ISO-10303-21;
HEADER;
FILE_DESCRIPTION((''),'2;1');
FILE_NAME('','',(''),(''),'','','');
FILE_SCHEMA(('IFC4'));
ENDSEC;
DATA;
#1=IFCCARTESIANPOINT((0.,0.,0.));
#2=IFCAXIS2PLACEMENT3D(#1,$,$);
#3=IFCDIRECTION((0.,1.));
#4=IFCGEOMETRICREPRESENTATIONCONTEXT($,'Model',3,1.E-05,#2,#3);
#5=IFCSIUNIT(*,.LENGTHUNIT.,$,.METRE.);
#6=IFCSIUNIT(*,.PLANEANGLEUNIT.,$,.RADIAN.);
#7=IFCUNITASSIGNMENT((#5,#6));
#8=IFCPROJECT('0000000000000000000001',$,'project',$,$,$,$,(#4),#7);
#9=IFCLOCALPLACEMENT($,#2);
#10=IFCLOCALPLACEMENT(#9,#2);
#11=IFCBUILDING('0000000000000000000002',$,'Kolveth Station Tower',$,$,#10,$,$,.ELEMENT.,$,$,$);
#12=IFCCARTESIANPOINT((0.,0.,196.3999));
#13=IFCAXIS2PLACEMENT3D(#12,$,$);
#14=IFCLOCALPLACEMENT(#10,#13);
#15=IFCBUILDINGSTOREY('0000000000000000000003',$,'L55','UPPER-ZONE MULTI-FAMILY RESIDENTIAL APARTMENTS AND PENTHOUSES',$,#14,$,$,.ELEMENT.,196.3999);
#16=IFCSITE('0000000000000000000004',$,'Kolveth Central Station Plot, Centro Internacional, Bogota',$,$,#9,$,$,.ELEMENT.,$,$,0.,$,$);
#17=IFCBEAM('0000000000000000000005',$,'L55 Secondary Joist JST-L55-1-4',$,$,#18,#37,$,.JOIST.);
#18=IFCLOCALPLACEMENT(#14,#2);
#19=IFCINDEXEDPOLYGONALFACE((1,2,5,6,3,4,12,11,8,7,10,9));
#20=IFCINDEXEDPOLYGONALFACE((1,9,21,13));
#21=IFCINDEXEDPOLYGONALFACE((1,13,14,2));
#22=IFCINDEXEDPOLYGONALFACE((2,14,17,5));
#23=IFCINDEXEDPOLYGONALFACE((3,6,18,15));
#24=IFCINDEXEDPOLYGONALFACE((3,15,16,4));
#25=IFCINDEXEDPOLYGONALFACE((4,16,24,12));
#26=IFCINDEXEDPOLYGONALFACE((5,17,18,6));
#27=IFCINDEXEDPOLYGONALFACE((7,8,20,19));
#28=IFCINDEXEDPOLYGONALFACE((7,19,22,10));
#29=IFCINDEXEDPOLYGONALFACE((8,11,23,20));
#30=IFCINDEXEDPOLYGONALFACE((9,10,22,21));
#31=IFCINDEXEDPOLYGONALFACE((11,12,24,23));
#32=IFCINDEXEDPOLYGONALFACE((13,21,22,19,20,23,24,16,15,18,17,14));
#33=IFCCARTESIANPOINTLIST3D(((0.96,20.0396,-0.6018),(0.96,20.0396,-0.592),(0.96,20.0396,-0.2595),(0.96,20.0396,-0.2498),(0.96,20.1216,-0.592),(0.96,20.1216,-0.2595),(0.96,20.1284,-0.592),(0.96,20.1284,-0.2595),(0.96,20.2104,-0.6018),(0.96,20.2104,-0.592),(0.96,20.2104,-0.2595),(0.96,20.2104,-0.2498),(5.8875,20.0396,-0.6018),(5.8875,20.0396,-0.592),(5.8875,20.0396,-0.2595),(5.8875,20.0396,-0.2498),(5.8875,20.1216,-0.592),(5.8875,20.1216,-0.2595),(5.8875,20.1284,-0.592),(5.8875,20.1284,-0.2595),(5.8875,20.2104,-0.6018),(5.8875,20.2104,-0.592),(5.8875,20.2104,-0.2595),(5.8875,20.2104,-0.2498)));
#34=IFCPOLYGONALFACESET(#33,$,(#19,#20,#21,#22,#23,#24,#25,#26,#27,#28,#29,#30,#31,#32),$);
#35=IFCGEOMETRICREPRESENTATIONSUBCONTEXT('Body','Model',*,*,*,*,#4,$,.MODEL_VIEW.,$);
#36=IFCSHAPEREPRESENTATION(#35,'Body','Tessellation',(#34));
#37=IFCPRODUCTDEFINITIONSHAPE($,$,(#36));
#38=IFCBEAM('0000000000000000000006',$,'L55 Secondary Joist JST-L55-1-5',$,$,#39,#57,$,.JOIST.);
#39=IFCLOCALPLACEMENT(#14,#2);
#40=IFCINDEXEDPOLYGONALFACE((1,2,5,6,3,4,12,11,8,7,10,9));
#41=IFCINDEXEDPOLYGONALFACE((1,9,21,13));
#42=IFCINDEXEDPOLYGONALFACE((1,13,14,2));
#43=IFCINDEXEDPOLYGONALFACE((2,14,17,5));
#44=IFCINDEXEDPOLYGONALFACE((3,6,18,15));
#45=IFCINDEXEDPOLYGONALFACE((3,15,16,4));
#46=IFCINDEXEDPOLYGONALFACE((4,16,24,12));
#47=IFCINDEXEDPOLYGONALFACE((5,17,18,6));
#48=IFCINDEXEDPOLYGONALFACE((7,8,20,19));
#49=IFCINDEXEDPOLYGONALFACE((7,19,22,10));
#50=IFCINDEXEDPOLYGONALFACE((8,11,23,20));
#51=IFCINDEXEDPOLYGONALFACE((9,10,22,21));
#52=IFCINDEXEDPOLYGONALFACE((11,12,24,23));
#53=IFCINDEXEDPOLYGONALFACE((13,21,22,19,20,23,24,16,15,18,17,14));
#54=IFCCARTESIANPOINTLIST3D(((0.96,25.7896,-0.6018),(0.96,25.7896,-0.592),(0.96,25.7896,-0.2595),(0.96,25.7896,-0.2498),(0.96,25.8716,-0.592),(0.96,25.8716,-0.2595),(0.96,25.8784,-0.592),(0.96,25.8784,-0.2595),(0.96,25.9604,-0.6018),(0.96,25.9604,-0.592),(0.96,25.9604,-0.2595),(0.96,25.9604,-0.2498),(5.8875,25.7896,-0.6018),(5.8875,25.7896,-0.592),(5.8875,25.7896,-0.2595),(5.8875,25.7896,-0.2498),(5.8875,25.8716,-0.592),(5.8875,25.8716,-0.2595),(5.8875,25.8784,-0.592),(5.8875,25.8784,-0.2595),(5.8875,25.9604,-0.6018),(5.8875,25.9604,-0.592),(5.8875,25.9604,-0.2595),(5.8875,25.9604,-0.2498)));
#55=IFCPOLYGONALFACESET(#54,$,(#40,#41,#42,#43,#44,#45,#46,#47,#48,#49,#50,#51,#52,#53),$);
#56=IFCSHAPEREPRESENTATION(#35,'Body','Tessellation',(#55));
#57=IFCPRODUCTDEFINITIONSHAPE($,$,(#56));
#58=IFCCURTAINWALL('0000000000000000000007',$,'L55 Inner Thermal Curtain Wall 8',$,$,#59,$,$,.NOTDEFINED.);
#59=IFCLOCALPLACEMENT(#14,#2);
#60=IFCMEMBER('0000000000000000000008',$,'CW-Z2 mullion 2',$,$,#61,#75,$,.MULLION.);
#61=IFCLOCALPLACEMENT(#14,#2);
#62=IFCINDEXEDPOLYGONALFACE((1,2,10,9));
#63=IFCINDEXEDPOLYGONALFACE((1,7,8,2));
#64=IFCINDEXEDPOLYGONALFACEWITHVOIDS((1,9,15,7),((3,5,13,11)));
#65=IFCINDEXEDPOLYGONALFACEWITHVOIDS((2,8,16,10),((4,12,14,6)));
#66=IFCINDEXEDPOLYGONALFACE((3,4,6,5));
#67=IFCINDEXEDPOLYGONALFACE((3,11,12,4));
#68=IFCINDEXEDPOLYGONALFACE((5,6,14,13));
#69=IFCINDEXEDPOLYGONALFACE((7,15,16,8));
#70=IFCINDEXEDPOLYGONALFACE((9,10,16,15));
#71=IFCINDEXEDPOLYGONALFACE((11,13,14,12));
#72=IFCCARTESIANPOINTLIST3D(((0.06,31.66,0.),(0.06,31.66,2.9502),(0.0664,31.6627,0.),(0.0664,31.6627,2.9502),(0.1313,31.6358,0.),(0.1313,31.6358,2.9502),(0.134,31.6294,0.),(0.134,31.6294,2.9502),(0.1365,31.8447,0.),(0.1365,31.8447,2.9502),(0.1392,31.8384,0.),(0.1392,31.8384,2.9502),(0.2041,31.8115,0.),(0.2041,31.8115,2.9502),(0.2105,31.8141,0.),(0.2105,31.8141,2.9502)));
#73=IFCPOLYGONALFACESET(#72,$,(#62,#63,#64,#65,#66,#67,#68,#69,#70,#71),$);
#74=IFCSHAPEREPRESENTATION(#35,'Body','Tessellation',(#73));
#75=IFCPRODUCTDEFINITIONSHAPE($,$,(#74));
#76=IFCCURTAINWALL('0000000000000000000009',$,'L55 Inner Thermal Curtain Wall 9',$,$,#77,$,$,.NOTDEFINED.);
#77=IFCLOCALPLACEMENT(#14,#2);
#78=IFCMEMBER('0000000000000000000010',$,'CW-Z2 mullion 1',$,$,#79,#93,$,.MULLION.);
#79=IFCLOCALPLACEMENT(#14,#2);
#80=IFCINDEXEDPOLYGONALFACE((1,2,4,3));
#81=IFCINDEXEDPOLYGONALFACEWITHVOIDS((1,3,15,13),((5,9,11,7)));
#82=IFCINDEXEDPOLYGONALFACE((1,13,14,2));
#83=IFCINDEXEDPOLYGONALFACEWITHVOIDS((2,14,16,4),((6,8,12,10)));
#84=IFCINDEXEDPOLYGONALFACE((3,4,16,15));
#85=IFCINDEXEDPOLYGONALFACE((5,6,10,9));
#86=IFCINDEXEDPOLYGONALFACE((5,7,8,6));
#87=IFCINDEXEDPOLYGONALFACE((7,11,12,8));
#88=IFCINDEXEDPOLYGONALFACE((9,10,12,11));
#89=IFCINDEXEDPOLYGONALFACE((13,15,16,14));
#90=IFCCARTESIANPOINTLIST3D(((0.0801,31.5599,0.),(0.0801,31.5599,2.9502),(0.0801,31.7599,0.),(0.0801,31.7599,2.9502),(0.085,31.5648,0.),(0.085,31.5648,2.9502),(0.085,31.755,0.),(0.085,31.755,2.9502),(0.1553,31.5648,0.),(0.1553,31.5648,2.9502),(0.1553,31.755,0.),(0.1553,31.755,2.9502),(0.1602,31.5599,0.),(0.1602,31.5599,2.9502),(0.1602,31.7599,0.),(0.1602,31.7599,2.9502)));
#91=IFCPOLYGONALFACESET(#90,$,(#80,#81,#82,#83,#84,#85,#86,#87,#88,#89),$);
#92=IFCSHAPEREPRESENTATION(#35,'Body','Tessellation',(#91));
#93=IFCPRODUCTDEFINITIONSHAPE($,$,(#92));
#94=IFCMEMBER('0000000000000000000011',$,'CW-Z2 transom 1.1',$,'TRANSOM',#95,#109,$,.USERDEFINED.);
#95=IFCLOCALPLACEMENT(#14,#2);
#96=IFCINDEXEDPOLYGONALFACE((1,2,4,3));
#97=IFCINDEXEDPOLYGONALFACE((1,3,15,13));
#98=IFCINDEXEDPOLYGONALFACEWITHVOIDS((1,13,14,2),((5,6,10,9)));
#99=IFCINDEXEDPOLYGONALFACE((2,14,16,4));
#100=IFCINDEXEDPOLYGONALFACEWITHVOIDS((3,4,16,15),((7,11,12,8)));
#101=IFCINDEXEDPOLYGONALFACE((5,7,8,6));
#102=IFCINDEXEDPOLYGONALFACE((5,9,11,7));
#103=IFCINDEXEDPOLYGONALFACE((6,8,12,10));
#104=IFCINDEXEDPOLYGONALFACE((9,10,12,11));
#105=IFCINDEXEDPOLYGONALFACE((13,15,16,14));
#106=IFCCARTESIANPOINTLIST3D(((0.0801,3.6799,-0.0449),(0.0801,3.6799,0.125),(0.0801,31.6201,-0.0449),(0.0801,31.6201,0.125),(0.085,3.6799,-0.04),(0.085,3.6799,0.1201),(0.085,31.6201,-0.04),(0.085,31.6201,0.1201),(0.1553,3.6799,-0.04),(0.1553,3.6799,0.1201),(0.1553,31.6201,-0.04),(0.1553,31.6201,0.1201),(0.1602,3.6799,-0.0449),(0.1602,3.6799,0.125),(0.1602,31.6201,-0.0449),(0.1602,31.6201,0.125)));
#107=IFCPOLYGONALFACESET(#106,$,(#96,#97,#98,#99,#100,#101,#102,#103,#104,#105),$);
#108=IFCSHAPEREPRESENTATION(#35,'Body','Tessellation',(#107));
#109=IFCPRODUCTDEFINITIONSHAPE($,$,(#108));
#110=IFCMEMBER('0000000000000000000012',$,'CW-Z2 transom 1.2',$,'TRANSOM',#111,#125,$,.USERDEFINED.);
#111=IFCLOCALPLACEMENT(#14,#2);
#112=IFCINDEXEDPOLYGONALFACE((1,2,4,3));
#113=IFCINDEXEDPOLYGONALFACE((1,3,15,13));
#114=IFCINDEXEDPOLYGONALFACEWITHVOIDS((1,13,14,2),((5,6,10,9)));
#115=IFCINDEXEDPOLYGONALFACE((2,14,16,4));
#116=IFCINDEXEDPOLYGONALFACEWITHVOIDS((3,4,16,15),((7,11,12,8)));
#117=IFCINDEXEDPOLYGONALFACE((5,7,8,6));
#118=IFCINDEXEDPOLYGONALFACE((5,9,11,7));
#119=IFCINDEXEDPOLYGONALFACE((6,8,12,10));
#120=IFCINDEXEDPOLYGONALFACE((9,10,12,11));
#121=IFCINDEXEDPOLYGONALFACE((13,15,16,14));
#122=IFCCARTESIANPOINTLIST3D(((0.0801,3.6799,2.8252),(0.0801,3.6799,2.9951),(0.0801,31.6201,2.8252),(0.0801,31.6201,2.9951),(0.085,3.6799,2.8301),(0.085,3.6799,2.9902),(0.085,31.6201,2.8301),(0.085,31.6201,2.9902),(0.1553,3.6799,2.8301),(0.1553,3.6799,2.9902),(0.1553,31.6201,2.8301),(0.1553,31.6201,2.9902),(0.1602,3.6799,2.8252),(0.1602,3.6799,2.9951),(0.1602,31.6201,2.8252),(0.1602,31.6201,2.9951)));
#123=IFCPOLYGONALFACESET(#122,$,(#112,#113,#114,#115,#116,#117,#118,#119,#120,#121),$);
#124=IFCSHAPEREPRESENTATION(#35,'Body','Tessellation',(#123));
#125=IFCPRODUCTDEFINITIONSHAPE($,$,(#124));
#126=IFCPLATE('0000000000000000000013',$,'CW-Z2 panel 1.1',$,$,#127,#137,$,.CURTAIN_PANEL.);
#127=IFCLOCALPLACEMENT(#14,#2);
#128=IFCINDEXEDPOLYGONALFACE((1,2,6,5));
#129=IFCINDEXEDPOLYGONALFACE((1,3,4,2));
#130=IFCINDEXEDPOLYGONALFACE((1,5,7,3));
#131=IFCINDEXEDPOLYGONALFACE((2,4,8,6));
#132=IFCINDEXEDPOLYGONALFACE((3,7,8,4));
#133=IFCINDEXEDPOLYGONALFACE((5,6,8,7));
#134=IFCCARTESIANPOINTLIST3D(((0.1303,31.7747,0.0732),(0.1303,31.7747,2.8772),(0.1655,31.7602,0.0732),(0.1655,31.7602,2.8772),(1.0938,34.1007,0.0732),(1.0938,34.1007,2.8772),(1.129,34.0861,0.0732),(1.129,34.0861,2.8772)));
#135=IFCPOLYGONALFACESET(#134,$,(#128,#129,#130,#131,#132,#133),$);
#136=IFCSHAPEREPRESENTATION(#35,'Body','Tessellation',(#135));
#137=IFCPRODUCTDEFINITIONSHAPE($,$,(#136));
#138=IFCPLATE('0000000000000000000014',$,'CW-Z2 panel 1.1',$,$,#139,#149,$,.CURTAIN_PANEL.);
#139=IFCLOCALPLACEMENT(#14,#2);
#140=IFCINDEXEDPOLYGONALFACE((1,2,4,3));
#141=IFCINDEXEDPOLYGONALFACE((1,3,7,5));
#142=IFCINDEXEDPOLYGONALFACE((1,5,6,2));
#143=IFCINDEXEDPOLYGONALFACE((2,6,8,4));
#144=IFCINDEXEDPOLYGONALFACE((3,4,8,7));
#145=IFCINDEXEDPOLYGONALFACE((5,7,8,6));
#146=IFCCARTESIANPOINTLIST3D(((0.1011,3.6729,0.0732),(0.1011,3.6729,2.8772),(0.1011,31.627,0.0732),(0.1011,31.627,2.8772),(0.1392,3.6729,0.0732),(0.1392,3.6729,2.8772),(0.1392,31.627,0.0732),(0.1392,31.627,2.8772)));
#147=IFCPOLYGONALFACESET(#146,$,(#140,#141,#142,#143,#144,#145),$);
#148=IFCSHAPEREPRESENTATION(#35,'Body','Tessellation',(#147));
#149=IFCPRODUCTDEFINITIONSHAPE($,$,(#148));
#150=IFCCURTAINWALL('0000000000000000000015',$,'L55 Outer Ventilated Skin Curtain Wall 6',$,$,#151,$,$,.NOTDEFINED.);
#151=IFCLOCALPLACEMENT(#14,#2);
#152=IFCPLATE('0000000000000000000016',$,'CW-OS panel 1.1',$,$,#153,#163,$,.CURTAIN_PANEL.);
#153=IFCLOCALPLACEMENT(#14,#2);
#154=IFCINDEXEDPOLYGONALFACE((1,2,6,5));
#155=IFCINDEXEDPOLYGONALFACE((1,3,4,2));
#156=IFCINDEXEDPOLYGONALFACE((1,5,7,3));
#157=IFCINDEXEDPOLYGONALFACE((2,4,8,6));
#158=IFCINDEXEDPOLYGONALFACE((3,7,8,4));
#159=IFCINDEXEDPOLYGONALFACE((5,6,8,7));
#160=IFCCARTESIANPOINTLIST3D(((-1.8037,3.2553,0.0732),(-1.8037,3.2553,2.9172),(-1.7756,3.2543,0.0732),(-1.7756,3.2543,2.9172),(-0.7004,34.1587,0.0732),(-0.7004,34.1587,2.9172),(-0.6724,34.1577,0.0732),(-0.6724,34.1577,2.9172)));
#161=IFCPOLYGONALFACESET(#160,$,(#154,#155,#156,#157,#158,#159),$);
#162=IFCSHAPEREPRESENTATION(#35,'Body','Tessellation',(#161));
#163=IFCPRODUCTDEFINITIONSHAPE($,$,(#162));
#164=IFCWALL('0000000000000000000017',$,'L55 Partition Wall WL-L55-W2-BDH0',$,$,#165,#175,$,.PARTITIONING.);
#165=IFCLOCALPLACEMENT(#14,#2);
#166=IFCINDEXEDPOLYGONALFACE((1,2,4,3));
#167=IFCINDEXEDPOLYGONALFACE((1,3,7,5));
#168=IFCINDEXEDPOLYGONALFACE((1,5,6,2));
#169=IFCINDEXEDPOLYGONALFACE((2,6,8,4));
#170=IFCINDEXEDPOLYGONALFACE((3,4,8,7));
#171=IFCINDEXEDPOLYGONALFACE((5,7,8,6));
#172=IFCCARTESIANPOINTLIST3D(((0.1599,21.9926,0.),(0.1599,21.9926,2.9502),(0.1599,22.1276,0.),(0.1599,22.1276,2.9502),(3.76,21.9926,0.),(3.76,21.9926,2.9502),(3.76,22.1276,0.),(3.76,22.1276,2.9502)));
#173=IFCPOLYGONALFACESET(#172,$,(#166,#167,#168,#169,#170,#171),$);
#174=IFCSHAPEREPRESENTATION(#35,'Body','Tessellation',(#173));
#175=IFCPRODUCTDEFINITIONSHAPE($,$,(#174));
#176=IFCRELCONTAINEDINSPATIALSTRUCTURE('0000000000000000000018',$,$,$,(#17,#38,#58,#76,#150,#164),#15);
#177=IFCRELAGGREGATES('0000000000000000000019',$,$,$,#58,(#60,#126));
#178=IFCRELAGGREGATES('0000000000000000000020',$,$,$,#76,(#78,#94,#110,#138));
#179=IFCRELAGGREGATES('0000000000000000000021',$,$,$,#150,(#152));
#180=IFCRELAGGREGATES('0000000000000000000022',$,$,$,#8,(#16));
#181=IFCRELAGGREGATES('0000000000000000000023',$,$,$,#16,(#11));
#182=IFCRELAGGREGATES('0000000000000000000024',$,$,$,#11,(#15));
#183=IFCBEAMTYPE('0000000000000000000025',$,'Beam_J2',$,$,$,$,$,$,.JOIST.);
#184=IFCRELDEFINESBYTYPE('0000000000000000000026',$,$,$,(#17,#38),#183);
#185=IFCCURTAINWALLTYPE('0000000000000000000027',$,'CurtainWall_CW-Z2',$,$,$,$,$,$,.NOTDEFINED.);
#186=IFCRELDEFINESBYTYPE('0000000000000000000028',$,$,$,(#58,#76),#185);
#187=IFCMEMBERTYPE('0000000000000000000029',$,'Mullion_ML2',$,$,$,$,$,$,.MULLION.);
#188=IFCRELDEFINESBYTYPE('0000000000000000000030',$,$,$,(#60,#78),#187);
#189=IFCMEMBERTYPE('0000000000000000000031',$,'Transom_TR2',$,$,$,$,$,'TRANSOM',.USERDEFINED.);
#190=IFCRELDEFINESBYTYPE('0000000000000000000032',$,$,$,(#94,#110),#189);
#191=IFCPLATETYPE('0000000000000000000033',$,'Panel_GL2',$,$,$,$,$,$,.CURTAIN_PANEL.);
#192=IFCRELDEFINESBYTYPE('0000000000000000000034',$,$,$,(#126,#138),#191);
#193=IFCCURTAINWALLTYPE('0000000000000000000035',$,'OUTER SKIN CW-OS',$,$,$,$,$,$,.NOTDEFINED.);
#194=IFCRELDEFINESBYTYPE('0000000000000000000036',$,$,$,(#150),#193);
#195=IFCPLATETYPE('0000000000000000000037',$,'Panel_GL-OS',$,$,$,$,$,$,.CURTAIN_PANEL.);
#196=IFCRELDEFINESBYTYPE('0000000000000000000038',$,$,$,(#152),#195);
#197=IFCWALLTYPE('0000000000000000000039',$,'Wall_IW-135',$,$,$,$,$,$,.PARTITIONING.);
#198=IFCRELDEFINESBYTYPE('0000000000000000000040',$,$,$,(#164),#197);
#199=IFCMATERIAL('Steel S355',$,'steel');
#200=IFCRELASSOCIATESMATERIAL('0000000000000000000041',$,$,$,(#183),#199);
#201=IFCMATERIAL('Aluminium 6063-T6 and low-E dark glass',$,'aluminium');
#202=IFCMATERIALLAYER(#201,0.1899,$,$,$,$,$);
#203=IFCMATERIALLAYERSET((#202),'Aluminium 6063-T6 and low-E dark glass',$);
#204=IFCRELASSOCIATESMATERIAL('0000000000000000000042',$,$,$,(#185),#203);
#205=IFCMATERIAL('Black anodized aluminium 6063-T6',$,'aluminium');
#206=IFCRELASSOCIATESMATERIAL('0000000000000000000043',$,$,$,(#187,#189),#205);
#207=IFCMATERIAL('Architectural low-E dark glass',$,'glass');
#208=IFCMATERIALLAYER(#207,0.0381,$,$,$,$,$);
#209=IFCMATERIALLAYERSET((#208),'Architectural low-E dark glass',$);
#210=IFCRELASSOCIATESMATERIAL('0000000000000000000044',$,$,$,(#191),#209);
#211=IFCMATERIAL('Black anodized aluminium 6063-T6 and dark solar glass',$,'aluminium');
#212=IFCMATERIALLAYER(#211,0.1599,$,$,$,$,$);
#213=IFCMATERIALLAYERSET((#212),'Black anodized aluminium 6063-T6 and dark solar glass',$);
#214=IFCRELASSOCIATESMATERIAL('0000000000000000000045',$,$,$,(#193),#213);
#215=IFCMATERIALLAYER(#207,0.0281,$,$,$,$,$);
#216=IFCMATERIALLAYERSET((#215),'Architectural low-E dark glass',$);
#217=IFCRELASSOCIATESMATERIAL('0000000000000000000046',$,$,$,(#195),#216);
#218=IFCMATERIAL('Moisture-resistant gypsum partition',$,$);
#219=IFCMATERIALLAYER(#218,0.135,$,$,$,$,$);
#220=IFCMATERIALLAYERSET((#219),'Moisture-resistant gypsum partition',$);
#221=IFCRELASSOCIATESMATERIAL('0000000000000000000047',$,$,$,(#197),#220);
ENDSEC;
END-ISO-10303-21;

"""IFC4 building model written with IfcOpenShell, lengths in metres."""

from ifc_helpers import new_model, si_unit, direction, frame, frame_2d, origin, origin_2d, place, context, subcontext, project, spatial, rectangle, hollow_rectangle, i_section, extrude, source, transform, mapped, material, layer, layer_set, material_profile, profile_set, type_object, element, aggregate, save


model = new_model("IFC4")

# Units and contexts
model_context = context("Model", 3, precision=1e-05, world=origin(), true_north=direction((0.0, 1.0)))
body_context = subcontext(model_context, "Body", "Model", "MODEL_VIEW")
ifc_project = project(units=[si_unit("LENGTHUNIT", "METRE"), si_unit("PLANEANGLEUNIT", "RADIAN")], contexts=[model_context])

# Site, building, storey
site_placement = place(None, origin())
site = spatial("IfcSite", under=ifc_project, at=site_placement, Name="Kolveth Central Station Plot, Centro Internacional, Bogota", CompositionType="ELEMENT", RefElevation=0.0)
building_placement = place(site_placement, origin())
building = spatial("IfcBuilding", under=site, at=building_placement, Name="Kolveth Station Tower", CompositionType="ELEMENT")
storey_placement = place(building_placement, frame((0.0, 0.0, 196.3999)))
storey = spatial("IfcBuildingStorey", under=building, at=storey_placement, Name="L55", Description="UPPER-ZONE MULTI-FAMILY RESIDENTIAL APARTMENTS AND PENTHOUSES", CompositionType="ELEMENT", Elevation=196.3999)

# Shared definitions
ifc_material_1 = material(Name="Steel S355", Category="steel")

# Beams
ifc_material_profile_1 = material_profile(ifc_material_1, i_section(OverallWidth=0.1709, OverallDepth=0.3521, WebThickness=0.0068, FlangeThickness=0.0098, at=origin_2d()), Name="W360x44")
ifc_profile_set_1 = profile_set([ifc_material_profile_1], Name="Steel S355")
beam_type_1 = type_object("IfcBeamType", Name="Beam_J2", PredefinedType="JOIST", material=ifc_profile_set_1)
shared_shape_1 = source(origin(), body_context, "Body", "SweptSolid", [
    extrude(i_section(OverallWidth=0.1709, OverallDepth=0.3521, WebThickness=0.0068, FlangeThickness=0.0098, at=origin_2d()), origin(), (0.0, 0.0, 1.0), 4.9275),
])
for number, where, z_axis, x_axis, name in (
    (1, (0.96, 20.125, -0.4258), (1.0, 0.0, 0.0), (0.0, 1.0, 0.0), "L55 Secondary Joist JST-L55-1-4"),
    (2, (0.96, 25.875, -0.4258), (1.0, 0.0, 0.0), (0.0, 1.0, 0.0), "L55 Secondary Joist JST-L55-1-5"),
):
    element("IfcBeam", number, at=place(storey_placement, frame(where, z_axis=z_axis, x_axis=x_axis)), inside=storey, type_object=beam_type_1, Name=name, PredefinedType="JOIST", context=body_context, shape_type="MappedRepresentation", body=[
        mapped(shared_shape_1, transform((0.0, 0.0, 0.0), x_axis=(1.0, 0.0, 0.0), y_axis=(0.0, 1.0, 0.0), z_axis=(0.0, 0.0, 1.0), scale=1.0)),
    ])

# Curtain wall, member
ifc_material_2 = material(Name="Aluminium 6063-T6 and low-E dark glass", Category="aluminium")
ifc_layer_1 = layer(ifc_material_2, 0.1899)
ifc_layer_set_1 = layer_set([ifc_layer_1], Name="Aluminium 6063-T6 and low-E dark glass")
curtain_wall_type_1 = type_object("IfcCurtainWallType", Name="CurtainWall_CW-Z2", PredefinedType="NOTDEFINED", material=ifc_layer_set_1)
curtain_wall_1_placement = place(storey_placement, origin())
curtain_wall_1 = element("IfcCurtainWall", 3, at=curtain_wall_1_placement, inside=storey, type_object=curtain_wall_type_1, Name="L55 Inner Thermal Curtain Wall 8", PredefinedType="NOTDEFINED")
ifc_material_3 = material(Name="Black anodized aluminium 6063-T6", Category="aluminium")
ifc_material_profile_2 = material_profile(ifc_material_3, hollow_rectangle(XDim=0.0801, YDim=0.2, WallThickness=0.0049, at=origin_2d()), Name="ALU-80x200x5")
ifc_profile_set_2 = profile_set([ifc_material_profile_2], Name="Black anodized aluminium 6063-T6")
member_type_1 = type_object("IfcMemberType", Name="Mullion_ML2", PredefinedType="MULLION", material=ifc_profile_set_2)
shared_shape_2 = source(origin(), body_context, "Body", "SweptSolid", [
    extrude(hollow_rectangle(XDim=0.0801, YDim=0.2, WallThickness=0.0049, at=origin_2d()), origin(), (0.0, 0.0, 1.0), 2.9502),
])
member_1_placement = place(storey_placement, frame((0.1353, 31.7371, 0.0), z_axis=(0.0, 0.0, 1.0), x_axis=(0.923874, -0.382698, 0.0)))
member_1 = element("IfcMember", 4, at=member_1_placement, type_object=member_type_1, Name="CW-Z2 mullion 2", PredefinedType="MULLION", context=body_context, shape_type="MappedRepresentation", body=[
    mapped(shared_shape_2, transform((0.0, 0.0, 0.0), x_axis=(1.0, 0.0, 0.0), y_axis=(0.0, 1.0, 0.0), z_axis=(0.0, 0.0, 1.0), scale=1.0)),
])

# Curtain wall, members
curtain_wall_2_placement = place(storey_placement, origin())
curtain_wall_2 = element("IfcCurtainWall", 5, at=curtain_wall_2_placement, inside=storey, type_object=curtain_wall_type_1, Name="L55 Inner Thermal Curtain Wall 9", PredefinedType="NOTDEFINED")
member_2_placement = place(storey_placement, frame((0.1201, 31.6599, 0.0), z_axis=(0.0, 0.0, 1.0), x_axis=(1.0, 0.0, 0.0)))
member_2 = element("IfcMember", 6, at=member_2_placement, type_object=member_type_1, Name="CW-Z2 mullion 1", PredefinedType="MULLION", context=body_context, shape_type="MappedRepresentation", body=[
    mapped(shared_shape_2, transform((0.0, 0.0, 0.0), x_axis=(1.0, 0.0, 0.0), y_axis=(0.0, 1.0, 0.0), z_axis=(0.0, 0.0, 1.0), scale=1.0)),
])
ifc_material_profile_3 = material_profile(ifc_material_3, hollow_rectangle(XDim=0.0801, YDim=0.1699, WallThickness=0.0049, at=origin_2d()), Name="ALU-80x170x5")
ifc_profile_set_3 = profile_set([ifc_material_profile_3], Name="Black anodized aluminium 6063-T6")
member_type_2 = type_object("IfcMemberType", Name="Transom_TR2", ElementType="TRANSOM", PredefinedType="USERDEFINED", material=ifc_profile_set_3)
shared_shape_3 = source(origin(), body_context, "Body", "SweptSolid", [
    extrude(hollow_rectangle(XDim=0.0801, YDim=0.1699, WallThickness=0.0049, at=origin_2d()), origin(), (0.0, 0.0, 1.0), 27.9402),
])
member_3_placement = place(storey_placement, frame((0.1201, 31.6201, 0.04), z_axis=(0.0, -1.0, 0.0), x_axis=(1.0, 0.0, 0.0)))
member_3 = element("IfcMember", 7, at=member_3_placement, type_object=member_type_2, Name="CW-Z2 transom 1.1", ObjectType="TRANSOM", PredefinedType="USERDEFINED", context=body_context, shape_type="MappedRepresentation", body=[
    mapped(shared_shape_3, transform((0.0, 0.0, 0.0), x_axis=(1.0, 0.0, 0.0), y_axis=(0.0, 1.0, 0.0), z_axis=(0.0, 0.0, 1.0), scale=1.0)),
])
member_4_placement = place(storey_placement, frame((0.1201, 31.6201, 2.9102), z_axis=(0.0, -1.0, 0.0), x_axis=(1.0, 0.0, 0.0)))
member_4 = element("IfcMember", 8, at=member_4_placement, type_object=member_type_2, Name="CW-Z2 transom 1.2", ObjectType="TRANSOM", PredefinedType="USERDEFINED", context=body_context, shape_type="MappedRepresentation", body=[
    mapped(shared_shape_3, transform((0.0, 0.0, 0.0), x_axis=(1.0, 0.0, 0.0), y_axis=(0.0, 1.0, 0.0), z_axis=(0.0, 0.0, 1.0), scale=1.0)),
])

# Plates
ifc_material_4 = material(Name="Architectural low-E dark glass", Category="glass")
ifc_layer_2 = layer(ifc_material_4, 0.0381)
ifc_layer_set_2 = layer_set([ifc_layer_2], Name="Architectural low-E dark glass")
plate_type_1 = type_object("IfcPlateType", Name="Panel_GL2", PredefinedType="CURTAIN_PANEL", material=ifc_layer_set_2)
shared_shape_4 = source(origin(), body_context, "Body", "SweptSolid", [
    extrude(rectangle(XDim=2.5176, YDim=0.0381, at=origin_2d()), origin(), (0.0, 0.0, 1.0), 2.804),
])
plate_1_placement = place(storey_placement, frame((0.6296, 32.9304, 0.0732), z_axis=(0.0, 0.0, 1.0), x_axis=(-0.382698, -0.923874, 0.0)))
plate_1 = element("IfcPlate", 9, at=plate_1_placement, type_object=plate_type_1, Name="CW-Z2 panel 1.1", PredefinedType="CURTAIN_PANEL", context=body_context, shape_type="MappedRepresentation", body=[
    mapped(shared_shape_4, transform((0.0, 0.0, 0.0), x_axis=(1.0, 0.0, 0.0), y_axis=(0.0, 1.0, 0.0), z_axis=(0.0, 0.0, 1.0), scale=1.0)),
])
aggregate(curtain_wall_1, [member_1, plate_1])
shared_shape_5 = source(origin(), body_context, "Body", "SweptSolid", [
    extrude(rectangle(XDim=27.9541, YDim=0.0381, at=origin_2d()), origin(), (0.0, 0.0, 1.0), 2.804),
])
plate_2_placement = place(storey_placement, frame((0.1201, 17.6499, 0.0732), z_axis=(0.0, 0.0, 1.0), x_axis=(0.0, -1.0, 0.0)))
plate_2 = element("IfcPlate", 10, at=plate_2_placement, type_object=plate_type_1, Name="CW-Z2 panel 1.1", PredefinedType="CURTAIN_PANEL", context=body_context, shape_type="MappedRepresentation", body=[
    mapped(shared_shape_5, transform((0.0, 0.0, 0.0), x_axis=(1.0, 0.0, 0.0), y_axis=(0.0, 1.0, 0.0), z_axis=(0.0, 0.0, 1.0), scale=1.0)),
])
aggregate(curtain_wall_2, [member_2, member_3, member_4, plate_2])

# Curtain wall, plate
ifc_material_5 = material(Name="Black anodized aluminium 6063-T6 and dark solar glass", Category="aluminium")
ifc_layer_3 = layer(ifc_material_5, 0.1599)
ifc_layer_set_3 = layer_set([ifc_layer_3], Name="Black anodized aluminium 6063-T6 and dark solar glass")
curtain_wall_type_2 = type_object("IfcCurtainWallType", Name="OUTER SKIN CW-OS", PredefinedType="NOTDEFINED", material=ifc_layer_set_3)
curtain_wall_3_placement = place(storey_placement, origin())
curtain_wall_3 = element("IfcCurtainWall", 11, at=curtain_wall_3_placement, inside=storey, type_object=curtain_wall_type_2, Name="L55 Outer Ventilated Skin Curtain Wall 6", PredefinedType="NOTDEFINED")
ifc_layer_4 = layer(ifc_material_4, 0.0281)
ifc_layer_set_4 = layer_set([ifc_layer_4], Name="Architectural low-E dark glass")
plate_type_2 = type_object("IfcPlateType", Name="Panel_GL-OS", PredefinedType="CURTAIN_PANEL", material=ifc_layer_set_4)
shared_shape_6 = source(origin(), body_context, "Body", "SweptSolid", [
    extrude(rectangle(XDim=30.9231, YDim=0.0281, at=origin_2d()), origin(), (0.0, 0.0, 1.0), 2.844),
])
plate_3_placement = place(storey_placement, frame((-1.238, 18.7065, 0.0732), z_axis=(0.0, 0.0, 1.0), x_axis=(-0.035678, -0.999363, 0.0)))
plate_3 = element("IfcPlate", 12, at=plate_3_placement, type_object=plate_type_2, Name="CW-OS panel 1.1", PredefinedType="CURTAIN_PANEL", context=body_context, shape_type="MappedRepresentation", body=[
    mapped(shared_shape_6, transform((0.0, 0.0, 0.0), x_axis=(1.0, 0.0, 0.0), y_axis=(0.0, 1.0, 0.0), z_axis=(0.0, 0.0, 1.0), scale=1.0)),
])
aggregate(curtain_wall_3, [plate_3])

# Wall
ifc_material_6 = material(Name="Moisture-resistant gypsum partition")
ifc_layer_5 = layer(ifc_material_6, 0.135)
ifc_layer_set_5 = layer_set([ifc_layer_5], Name="Moisture-resistant gypsum partition")
wall_type_1 = type_object("IfcWallType", Name="Wall_IW-135", PredefinedType="PARTITIONING", material=ifc_layer_set_5)
wall_1_placement = place(storey_placement, frame((0.1599, 22.0601, 0.0), z_axis=(0.0, 0.0, 1.0), x_axis=(1.0, 0.0, 0.0)))
element("IfcWall", 13, at=wall_1_placement, inside=storey, type_object=wall_type_1, Name="L55 Partition Wall WL-L55-W2-BDH0", PredefinedType="PARTITIONING", context=body_context, shape_type="SweptSolid", body=[
    extrude(rectangle(XDim=3.6001, YDim=0.135, at=frame_2d((1.8, 0.0))), origin(), (0.0, 0.0, 1.0), 2.9502),
])

save(model, "model.ifc")
